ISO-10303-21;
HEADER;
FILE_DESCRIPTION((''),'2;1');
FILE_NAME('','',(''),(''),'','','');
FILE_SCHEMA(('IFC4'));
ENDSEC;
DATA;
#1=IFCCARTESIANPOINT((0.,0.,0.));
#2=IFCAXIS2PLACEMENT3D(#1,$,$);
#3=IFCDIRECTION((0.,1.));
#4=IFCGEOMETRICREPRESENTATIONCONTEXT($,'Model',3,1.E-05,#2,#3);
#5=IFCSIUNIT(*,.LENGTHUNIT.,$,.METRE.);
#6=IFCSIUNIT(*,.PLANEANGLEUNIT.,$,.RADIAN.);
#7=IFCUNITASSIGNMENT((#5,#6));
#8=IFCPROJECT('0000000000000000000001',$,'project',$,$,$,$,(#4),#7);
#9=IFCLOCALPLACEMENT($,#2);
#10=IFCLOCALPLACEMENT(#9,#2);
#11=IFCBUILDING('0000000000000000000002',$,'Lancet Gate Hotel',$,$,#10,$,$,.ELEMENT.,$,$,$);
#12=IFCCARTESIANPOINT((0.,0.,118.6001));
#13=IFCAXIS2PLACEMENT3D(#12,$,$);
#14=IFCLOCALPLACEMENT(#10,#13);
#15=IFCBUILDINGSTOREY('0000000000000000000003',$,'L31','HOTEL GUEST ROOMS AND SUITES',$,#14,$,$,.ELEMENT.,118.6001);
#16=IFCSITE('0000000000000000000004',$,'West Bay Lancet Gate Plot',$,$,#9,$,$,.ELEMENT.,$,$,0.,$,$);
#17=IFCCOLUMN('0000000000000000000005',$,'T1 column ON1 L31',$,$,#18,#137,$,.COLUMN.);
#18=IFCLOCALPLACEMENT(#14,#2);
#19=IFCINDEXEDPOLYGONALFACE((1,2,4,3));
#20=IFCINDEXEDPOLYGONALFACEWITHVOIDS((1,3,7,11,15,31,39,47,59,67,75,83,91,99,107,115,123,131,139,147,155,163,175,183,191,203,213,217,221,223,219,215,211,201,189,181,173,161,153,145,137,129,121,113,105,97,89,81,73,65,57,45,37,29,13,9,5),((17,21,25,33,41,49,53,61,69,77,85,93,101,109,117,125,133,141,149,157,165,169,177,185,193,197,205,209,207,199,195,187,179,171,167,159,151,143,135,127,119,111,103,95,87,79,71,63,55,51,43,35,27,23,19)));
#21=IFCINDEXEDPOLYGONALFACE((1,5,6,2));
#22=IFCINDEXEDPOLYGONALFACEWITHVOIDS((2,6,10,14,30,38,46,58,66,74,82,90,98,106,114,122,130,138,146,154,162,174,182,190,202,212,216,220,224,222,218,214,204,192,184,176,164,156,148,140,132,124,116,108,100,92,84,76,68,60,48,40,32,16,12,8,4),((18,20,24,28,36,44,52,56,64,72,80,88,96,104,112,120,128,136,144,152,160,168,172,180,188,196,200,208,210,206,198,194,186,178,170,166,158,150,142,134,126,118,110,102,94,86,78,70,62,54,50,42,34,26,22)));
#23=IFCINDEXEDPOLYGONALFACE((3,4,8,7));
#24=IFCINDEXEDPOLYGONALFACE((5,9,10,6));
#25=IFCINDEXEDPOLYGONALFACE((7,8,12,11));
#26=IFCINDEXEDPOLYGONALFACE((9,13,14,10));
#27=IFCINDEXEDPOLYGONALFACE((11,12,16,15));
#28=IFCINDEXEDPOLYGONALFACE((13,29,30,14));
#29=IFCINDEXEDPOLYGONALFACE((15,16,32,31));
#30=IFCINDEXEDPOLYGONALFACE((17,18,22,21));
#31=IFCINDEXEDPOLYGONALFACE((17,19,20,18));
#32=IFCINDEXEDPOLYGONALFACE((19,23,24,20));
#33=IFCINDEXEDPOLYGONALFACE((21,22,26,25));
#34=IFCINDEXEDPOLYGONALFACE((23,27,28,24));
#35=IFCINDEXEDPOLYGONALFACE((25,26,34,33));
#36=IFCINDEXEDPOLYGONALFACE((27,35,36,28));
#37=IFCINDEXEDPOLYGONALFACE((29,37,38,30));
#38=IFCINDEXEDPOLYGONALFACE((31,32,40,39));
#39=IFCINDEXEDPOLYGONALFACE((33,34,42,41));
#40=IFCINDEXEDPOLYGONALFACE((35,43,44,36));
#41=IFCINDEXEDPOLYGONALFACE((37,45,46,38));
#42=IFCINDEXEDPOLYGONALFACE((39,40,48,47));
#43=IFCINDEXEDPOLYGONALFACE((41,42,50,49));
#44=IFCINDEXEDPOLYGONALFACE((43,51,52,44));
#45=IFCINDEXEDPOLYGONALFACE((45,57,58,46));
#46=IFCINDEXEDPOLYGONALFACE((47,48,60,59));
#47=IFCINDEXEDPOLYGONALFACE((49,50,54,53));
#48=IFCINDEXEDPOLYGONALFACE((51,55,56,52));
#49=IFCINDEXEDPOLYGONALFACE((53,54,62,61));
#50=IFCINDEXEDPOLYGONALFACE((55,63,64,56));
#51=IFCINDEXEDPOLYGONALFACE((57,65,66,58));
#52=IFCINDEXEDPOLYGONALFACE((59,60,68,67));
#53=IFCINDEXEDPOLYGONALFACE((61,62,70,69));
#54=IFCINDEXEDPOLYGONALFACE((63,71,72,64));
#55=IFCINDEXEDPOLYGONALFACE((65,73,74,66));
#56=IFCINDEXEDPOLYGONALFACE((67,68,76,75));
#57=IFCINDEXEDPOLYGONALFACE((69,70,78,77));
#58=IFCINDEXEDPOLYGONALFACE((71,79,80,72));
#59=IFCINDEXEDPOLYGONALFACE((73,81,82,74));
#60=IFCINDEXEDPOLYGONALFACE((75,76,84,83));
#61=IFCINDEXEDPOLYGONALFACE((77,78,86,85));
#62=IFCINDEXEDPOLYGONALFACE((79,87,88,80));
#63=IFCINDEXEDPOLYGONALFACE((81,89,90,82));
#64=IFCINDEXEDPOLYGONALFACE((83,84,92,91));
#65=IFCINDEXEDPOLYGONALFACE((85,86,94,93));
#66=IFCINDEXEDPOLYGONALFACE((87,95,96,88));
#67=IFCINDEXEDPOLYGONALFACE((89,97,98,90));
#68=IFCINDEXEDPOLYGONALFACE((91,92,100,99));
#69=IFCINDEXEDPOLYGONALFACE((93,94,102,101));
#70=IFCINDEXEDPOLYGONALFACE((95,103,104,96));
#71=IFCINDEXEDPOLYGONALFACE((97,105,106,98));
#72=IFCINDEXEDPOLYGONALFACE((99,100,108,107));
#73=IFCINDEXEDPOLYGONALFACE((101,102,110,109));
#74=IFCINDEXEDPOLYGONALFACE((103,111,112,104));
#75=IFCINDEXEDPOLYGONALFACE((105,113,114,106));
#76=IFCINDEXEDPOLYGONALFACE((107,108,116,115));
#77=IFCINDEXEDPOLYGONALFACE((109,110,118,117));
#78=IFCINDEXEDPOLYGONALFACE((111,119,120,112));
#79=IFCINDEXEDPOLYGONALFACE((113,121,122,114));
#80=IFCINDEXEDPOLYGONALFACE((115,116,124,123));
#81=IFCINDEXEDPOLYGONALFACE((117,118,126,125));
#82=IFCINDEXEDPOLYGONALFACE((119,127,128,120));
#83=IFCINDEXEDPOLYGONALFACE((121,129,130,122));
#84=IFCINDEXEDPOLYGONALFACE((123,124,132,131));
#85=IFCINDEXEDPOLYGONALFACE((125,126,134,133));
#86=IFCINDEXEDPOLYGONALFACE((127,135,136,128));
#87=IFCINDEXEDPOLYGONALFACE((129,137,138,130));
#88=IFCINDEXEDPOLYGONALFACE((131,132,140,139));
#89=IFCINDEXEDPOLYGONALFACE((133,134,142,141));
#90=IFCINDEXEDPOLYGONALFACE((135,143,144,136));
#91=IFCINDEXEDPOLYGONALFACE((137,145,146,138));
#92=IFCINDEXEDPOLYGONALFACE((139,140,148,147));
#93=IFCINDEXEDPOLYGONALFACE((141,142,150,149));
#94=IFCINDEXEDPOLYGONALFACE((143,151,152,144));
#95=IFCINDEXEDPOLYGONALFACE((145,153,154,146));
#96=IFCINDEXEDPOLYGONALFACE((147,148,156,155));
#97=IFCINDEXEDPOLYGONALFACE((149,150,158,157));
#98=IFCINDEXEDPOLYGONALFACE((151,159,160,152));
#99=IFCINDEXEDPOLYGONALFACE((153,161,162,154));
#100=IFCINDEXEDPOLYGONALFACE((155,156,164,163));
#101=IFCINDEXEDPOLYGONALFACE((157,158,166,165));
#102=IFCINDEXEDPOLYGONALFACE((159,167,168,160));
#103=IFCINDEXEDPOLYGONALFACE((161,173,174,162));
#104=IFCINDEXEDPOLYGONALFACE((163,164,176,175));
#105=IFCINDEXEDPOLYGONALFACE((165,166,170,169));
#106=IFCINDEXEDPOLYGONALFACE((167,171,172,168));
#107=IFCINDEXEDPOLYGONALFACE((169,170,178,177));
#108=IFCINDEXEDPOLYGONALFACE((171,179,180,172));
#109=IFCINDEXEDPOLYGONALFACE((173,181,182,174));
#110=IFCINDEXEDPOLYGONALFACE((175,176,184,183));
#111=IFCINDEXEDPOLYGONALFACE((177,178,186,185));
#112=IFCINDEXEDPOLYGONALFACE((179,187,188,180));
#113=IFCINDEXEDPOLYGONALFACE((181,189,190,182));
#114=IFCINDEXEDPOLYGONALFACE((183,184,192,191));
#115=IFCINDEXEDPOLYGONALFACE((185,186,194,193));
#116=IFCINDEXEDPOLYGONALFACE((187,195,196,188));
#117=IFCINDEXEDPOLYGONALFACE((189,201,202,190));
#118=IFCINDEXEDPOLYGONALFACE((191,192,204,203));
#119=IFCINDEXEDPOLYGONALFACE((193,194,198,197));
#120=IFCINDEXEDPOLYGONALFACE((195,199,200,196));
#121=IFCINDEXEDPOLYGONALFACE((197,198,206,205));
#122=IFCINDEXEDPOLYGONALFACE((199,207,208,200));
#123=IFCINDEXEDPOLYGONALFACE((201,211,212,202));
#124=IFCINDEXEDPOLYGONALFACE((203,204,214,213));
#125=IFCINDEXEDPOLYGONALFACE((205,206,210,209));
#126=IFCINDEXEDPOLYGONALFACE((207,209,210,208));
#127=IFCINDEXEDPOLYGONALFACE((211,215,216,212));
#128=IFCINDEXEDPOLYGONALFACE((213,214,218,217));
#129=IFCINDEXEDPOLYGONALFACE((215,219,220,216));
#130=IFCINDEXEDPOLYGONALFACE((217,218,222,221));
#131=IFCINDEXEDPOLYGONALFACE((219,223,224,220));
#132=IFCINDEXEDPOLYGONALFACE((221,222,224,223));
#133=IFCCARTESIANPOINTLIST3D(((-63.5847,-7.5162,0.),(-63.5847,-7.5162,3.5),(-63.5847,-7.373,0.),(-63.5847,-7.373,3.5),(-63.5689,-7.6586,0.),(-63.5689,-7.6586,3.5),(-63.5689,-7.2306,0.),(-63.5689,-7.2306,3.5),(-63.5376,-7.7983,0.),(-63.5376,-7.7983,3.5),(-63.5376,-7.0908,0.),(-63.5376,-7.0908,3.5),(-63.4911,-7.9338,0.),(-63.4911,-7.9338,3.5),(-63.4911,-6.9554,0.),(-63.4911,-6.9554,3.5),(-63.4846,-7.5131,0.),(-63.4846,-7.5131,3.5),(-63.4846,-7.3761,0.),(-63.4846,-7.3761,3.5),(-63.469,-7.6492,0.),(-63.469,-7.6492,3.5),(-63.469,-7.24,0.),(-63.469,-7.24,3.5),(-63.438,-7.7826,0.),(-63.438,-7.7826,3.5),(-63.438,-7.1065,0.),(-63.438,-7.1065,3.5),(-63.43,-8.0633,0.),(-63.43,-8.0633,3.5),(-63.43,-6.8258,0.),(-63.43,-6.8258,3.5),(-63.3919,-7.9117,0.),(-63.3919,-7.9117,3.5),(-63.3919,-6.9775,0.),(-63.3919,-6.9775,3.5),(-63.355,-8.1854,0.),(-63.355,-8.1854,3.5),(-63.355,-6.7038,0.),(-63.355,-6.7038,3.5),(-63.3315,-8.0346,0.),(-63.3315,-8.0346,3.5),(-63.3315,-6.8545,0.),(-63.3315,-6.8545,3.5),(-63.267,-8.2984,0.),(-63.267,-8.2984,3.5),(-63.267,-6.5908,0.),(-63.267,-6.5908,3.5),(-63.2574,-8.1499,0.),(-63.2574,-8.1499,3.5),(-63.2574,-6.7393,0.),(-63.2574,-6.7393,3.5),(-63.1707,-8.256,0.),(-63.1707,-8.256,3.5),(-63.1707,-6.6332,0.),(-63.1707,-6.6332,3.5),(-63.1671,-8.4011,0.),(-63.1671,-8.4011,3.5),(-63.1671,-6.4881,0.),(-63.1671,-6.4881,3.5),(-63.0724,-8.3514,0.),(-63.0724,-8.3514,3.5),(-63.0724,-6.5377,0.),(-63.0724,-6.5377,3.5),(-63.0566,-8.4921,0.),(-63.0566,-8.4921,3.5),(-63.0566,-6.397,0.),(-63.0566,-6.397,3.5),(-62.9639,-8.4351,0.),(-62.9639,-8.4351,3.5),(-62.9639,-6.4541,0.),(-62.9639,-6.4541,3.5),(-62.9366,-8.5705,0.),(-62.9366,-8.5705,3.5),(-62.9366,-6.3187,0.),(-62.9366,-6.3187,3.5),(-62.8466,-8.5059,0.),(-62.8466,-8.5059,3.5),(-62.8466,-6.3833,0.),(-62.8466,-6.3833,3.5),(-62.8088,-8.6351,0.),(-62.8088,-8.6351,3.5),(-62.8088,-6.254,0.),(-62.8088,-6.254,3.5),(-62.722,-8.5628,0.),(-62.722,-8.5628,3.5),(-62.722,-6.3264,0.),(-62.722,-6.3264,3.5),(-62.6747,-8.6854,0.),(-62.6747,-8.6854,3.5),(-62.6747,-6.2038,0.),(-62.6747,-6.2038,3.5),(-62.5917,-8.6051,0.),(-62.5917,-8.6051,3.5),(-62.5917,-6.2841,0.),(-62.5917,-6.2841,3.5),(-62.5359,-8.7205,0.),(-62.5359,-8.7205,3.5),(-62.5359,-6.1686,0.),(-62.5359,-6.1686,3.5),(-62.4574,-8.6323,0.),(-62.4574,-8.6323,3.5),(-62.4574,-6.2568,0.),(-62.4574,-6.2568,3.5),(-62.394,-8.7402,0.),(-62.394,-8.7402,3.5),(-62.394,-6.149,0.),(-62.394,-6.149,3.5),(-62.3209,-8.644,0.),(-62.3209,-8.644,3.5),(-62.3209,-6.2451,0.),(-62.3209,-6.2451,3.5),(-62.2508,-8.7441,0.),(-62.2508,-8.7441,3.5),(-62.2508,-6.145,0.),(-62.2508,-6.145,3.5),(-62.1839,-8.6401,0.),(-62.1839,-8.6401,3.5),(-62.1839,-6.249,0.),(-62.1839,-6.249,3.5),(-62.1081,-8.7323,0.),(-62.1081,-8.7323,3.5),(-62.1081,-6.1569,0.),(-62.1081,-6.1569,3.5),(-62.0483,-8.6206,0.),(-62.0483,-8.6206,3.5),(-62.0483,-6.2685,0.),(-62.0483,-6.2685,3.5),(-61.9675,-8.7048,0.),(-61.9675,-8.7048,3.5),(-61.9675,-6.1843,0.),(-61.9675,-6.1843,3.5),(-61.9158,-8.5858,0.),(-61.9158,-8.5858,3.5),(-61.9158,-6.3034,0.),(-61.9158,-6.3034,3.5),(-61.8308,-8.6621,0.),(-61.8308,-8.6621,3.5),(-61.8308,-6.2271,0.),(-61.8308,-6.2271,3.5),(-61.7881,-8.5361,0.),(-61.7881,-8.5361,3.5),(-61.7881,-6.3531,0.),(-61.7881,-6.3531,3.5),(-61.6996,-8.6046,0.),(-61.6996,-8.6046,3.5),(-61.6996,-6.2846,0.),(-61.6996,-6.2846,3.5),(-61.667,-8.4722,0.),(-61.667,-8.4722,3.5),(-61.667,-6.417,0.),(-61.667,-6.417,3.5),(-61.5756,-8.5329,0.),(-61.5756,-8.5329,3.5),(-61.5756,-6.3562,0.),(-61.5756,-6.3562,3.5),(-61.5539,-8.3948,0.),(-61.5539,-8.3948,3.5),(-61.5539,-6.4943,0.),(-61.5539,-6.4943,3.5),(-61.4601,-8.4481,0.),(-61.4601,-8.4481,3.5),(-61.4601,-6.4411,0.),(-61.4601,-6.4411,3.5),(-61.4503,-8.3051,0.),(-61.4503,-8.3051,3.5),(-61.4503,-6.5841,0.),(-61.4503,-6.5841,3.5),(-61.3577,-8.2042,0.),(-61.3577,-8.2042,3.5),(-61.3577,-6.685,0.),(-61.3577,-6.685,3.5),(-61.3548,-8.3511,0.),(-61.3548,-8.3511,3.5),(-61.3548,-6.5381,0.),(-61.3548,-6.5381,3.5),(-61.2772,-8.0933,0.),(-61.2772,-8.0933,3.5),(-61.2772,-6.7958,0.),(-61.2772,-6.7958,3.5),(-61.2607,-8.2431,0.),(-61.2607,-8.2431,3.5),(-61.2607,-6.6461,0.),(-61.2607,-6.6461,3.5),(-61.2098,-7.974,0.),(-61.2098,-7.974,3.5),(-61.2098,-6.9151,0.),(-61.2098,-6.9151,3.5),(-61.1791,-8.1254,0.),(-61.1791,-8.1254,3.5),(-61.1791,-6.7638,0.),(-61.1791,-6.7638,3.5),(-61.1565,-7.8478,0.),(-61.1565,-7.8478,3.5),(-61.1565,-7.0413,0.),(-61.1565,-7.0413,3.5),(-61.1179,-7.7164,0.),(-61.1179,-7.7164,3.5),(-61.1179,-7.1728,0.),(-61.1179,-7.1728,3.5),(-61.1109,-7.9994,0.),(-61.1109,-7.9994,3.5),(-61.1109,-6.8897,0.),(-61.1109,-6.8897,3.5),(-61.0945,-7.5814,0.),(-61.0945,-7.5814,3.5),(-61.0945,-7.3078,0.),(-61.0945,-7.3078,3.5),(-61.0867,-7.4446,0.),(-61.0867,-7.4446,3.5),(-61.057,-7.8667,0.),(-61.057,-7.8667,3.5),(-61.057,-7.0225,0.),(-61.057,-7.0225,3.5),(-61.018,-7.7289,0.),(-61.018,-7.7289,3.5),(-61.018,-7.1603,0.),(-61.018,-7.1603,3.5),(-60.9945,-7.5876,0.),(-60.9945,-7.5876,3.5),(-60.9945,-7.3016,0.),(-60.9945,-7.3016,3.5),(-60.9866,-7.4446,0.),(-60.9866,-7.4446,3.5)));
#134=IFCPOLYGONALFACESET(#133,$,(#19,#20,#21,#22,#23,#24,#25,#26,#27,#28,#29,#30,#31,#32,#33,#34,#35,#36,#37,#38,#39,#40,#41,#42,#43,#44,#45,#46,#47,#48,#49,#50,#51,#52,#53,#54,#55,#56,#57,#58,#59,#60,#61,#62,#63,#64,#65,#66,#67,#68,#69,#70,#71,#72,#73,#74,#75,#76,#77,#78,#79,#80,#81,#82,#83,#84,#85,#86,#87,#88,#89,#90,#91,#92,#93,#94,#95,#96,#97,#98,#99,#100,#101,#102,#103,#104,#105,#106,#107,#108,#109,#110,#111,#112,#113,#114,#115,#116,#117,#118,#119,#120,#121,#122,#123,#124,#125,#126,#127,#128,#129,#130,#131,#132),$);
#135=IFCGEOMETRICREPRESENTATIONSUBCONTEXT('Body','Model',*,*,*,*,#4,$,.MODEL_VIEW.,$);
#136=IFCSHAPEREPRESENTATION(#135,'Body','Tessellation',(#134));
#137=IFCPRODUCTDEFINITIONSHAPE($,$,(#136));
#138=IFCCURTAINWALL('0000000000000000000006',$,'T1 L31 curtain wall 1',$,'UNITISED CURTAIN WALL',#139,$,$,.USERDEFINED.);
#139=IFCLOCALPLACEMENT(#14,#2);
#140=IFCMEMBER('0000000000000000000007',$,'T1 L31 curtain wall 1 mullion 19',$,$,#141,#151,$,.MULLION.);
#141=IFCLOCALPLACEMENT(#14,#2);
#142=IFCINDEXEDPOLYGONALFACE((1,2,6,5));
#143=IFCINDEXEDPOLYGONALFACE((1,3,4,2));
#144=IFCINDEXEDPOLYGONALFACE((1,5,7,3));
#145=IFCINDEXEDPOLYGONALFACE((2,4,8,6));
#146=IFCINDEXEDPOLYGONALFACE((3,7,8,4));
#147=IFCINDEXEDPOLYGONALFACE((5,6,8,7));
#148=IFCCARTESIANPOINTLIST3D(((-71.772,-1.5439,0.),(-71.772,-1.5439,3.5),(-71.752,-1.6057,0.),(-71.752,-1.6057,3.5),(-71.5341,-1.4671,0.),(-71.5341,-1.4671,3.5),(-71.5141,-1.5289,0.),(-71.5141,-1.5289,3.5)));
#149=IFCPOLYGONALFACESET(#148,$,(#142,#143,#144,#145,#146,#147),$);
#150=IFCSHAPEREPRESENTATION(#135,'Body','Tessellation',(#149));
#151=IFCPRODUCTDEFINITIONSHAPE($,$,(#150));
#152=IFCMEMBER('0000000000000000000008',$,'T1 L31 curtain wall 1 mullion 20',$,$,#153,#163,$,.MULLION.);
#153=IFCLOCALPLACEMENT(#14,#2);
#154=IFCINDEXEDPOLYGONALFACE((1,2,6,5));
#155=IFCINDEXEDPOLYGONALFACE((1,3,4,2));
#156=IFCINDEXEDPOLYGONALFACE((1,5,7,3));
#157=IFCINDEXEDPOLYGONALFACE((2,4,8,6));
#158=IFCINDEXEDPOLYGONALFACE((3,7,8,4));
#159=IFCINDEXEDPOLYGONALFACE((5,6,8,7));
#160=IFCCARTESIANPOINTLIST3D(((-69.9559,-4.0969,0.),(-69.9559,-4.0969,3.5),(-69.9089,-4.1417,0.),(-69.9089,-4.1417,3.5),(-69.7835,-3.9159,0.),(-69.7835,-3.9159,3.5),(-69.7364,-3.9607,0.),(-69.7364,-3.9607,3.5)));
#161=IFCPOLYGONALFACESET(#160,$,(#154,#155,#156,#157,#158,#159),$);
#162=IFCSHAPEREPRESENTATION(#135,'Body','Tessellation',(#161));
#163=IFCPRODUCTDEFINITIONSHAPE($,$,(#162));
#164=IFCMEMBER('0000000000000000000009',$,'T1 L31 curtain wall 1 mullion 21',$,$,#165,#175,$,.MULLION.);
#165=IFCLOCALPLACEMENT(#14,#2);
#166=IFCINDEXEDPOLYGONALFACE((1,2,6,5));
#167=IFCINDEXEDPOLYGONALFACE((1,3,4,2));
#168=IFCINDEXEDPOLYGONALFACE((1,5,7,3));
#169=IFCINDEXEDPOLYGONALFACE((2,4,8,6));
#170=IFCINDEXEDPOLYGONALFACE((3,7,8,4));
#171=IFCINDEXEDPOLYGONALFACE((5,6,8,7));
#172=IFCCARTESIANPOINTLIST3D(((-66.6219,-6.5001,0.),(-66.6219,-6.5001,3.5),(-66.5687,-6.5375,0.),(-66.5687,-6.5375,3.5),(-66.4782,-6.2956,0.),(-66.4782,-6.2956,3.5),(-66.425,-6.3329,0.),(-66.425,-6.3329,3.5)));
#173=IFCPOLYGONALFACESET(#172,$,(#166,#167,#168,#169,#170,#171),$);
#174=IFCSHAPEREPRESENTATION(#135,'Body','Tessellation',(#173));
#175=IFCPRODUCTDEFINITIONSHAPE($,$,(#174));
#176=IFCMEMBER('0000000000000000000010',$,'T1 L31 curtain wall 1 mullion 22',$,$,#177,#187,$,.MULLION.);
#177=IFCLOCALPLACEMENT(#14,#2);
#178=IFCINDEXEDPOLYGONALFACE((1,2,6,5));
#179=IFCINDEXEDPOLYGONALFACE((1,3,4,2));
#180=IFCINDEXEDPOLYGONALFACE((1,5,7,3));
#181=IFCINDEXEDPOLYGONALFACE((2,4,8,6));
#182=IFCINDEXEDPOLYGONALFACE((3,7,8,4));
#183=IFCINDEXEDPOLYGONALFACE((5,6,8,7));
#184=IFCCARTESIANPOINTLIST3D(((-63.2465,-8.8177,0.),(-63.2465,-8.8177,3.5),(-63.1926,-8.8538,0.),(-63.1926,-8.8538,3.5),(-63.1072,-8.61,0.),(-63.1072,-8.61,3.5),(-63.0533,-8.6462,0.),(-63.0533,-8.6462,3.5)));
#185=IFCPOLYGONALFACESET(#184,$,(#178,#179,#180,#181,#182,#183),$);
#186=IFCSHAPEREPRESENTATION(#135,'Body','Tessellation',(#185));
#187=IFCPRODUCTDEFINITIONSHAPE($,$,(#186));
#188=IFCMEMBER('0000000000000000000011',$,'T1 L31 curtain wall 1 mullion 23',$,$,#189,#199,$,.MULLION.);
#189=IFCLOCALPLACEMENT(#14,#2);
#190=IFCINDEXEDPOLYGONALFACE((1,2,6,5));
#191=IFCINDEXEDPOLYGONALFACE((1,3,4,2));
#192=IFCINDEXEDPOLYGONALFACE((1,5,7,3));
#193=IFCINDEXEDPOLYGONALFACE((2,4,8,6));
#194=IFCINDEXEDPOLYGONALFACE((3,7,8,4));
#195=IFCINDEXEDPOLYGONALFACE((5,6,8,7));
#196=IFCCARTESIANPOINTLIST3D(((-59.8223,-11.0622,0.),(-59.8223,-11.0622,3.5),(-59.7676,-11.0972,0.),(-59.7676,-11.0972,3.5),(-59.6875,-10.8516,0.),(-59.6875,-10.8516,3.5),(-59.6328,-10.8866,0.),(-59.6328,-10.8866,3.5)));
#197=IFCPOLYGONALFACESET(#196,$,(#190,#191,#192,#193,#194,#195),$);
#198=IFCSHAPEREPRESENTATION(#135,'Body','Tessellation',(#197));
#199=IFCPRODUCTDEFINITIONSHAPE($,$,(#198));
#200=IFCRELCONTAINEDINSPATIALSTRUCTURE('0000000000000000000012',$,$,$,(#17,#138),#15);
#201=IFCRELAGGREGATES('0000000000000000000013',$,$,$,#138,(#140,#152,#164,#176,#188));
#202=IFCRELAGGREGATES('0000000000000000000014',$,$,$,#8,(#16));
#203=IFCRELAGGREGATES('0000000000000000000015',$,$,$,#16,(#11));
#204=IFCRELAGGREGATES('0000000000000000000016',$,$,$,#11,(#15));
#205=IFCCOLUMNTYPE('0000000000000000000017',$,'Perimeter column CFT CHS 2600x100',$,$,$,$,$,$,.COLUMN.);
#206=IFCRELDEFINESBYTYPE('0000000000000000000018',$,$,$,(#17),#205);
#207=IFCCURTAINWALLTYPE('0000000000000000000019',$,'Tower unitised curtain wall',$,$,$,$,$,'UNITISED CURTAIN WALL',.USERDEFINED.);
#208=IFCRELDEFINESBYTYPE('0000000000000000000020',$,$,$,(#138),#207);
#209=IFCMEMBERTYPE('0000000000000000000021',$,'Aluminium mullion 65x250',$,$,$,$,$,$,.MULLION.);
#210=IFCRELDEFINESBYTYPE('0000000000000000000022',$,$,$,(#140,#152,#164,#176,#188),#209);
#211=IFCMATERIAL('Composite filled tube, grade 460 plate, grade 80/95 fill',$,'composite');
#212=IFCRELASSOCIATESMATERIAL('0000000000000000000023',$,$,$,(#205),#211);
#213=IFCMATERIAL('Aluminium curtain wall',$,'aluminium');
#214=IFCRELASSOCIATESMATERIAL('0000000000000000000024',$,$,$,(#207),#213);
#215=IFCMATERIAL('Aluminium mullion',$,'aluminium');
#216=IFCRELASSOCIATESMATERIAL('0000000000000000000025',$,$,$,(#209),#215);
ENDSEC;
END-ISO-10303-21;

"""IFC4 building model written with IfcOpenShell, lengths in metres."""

from ifc_helpers import new_model, si_unit, direction, frame, origin, origin_2d, place, context, subcontext, project, spatial, rectangle, hollow_circle, extrude, material, material_profile, profile_set, type_object, element, aggregate, save


model = new_model("IFC4")

# Units and contexts
model_context = context("Model", 3, precision=1e-05, world=origin(), true_north=direction((0.0, 1.0)))
body_context = subcontext(model_context, "Body", "Model", "MODEL_VIEW")
ifc_project = project(units=[si_unit("LENGTHUNIT", "METRE"), si_unit("PLANEANGLEUNIT", "RADIAN")], contexts=[model_context])

# Site, building, storey
site_placement = place(None, origin())
site = spatial("IfcSite", under=ifc_project, at=site_placement, Name="West Bay Lancet Gate Plot", CompositionType="ELEMENT", RefElevation=0.0)
building_placement = place(site_placement, origin())
building = spatial("IfcBuilding", under=site, at=building_placement, Name="Lancet Gate Hotel", CompositionType="ELEMENT")
storey_placement = place(building_placement, frame((0.0, 0.0, 118.6001)))
storey = spatial("IfcBuildingStorey", under=building, at=storey_placement, Name="L31", Description="HOTEL GUEST ROOMS AND SUITES", CompositionType="ELEMENT", Elevation=118.6001)

# Column
ifc_material_1 = material(Name="Composite filled tube, grade 460 plate, grade 80/95 fill", Category="composite")
ifc_material_profile_1 = material_profile(ifc_material_1, hollow_circle(Radius=1.3, WallThickness=0.1001, at=origin_2d()), Name="CHS 2600x100")
ifc_profile_set_1 = profile_set([ifc_material_profile_1], Name="Composite filled tube, grade 460 plate, grade 80/95 fill")
column_type_1 = type_object("IfcColumnType", Name="Perimeter column CFT CHS 2600x100", PredefinedType="COLUMN", material=ifc_profile_set_1)
column_1_placement = place(storey_placement, frame((-62.2866, -7.4446, 0.0), z_axis=(0.0, 0.0, 1.0), x_axis=(1.0, 0.0, 0.0)))
element("IfcColumn", 1, at=column_1_placement, inside=storey, type_object=column_type_1, Name="T1 column ON1 L31", PredefinedType="COLUMN", context=body_context, shape_type="SweptSolid", body=[
    extrude(hollow_circle(Radius=1.3, WallThickness=0.1001, at=origin_2d()), origin(), (0.0, 0.0, 1.0), 3.5),
])

# Curtain wall, members
ifc_material_2 = material(Name="Aluminium curtain wall", Category="aluminium")
curtain_wall_type = type_object("IfcCurtainWallType", Name="Tower unitised curtain wall", ElementType="UNITISED CURTAIN WALL", PredefinedType="USERDEFINED", material=ifc_material_2)
curtain_wall_placement = place(storey_placement, origin())
curtain_wall = element("IfcCurtainWall", 2, at=curtain_wall_placement, inside=storey, type_object=curtain_wall_type, Name="T1 L31 curtain wall 1", ObjectType="UNITISED CURTAIN WALL", PredefinedType="USERDEFINED")
ifc_material_3 = material(Name="Aluminium mullion", Category="aluminium")
ifc_material_profile_2 = material_profile(ifc_material_3, rectangle(XDim=0.0649, YDim=0.25, at=origin_2d()), Name="MULLION 65x250")
ifc_profile_set_2 = profile_set([ifc_material_profile_2], Name="Aluminium mullion")
member_type_1 = type_object("IfcMemberType", Name="Aluminium mullion 65x250", PredefinedType="MULLION", material=ifc_profile_set_2)
member_1_placement = place(storey_placement, frame((-71.6431, -1.5364, 0.0), z_axis=(0.0, 0.0, 1.0), x_axis=(0.307269, -0.951623, 0.0)))
member_1 = element("IfcMember", 3, at=member_1_placement, type_object=member_type_1, Name="T1 L31 curtain wall 1 mullion 19", PredefinedType="MULLION", context=body_context, shape_type="SweptSolid", body=[
    extrude(rectangle(XDim=0.0649, YDim=0.25, at=origin_2d()), origin(), (0.0, 0.0, 1.0), 3.5),
])
member_2_placement = place(storey_placement, frame((-69.8462, -4.0288, 0.0), z_axis=(0.0, 0.0, 1.0), x_axis=(0.723846, -0.689961, 0.0)))
member_2 = element("IfcMember", 4, at=member_2_placement, type_object=member_type_1, Name="T1 L31 curtain wall 1 mullion 20", PredefinedType="MULLION", context=body_context, shape_type="SweptSolid", body=[
    extrude(rectangle(XDim=0.0649, YDim=0.25, at=origin_2d()), origin(), (0.0, 0.0, 1.0), 3.5),
])
member_3_placement = place(storey_placement, frame((-66.5234, -6.4165, 0.0), z_axis=(0.0, 0.0, 1.0), x_axis=(0.818327, -0.574753, 0.0)))
member_3 = element("IfcMember", 5, at=member_3_placement, type_object=member_type_1, Name="T1 L31 curtain wall 1 mullion 21", PredefinedType="MULLION", context=body_context, shape_type="SweptSolid", body=[
    extrude(rectangle(XDim=0.0649, YDim=0.25, at=origin_2d()), origin(), (0.0, 0.0, 1.0), 3.5),
])
member_4_placement = place(storey_placement, frame((-63.1499, -8.7319, 0.0), z_axis=(0.0, 0.0, 1.0), x_axis=(0.83051, -0.557004, 0.0)))
member_4 = element("IfcMember", 6, at=member_4_placement, type_object=member_type_1, Name="T1 L31 curtain wall 1 mullion 22", PredefinedType="MULLION", context=body_context, shape_type="SweptSolid", body=[
    extrude(rectangle(XDim=0.0649, YDim=0.25, at=origin_2d()), origin(), (0.0, 0.0, 1.0), 3.5),
])
member_5_placement = place(storey_placement, frame((-59.7275, -10.9744, 0.0), z_axis=(0.0, 0.0, 1.0), x_axis=(0.842308, -0.538996, 0.0)))
member_5 = element("IfcMember", 7, at=member_5_placement, type_object=member_type_1, Name="T1 L31 curtain wall 1 mullion 23", PredefinedType="MULLION", context=body_context, shape_type="SweptSolid", body=[
    extrude(rectangle(XDim=0.0649, YDim=0.25, at=origin_2d()), origin(), (0.0, 0.0, 1.0), 3.5),
])

aggregate(curtain_wall, [member_1, member_2, member_3, member_4, member_5])

save(model, "model.ifc")
